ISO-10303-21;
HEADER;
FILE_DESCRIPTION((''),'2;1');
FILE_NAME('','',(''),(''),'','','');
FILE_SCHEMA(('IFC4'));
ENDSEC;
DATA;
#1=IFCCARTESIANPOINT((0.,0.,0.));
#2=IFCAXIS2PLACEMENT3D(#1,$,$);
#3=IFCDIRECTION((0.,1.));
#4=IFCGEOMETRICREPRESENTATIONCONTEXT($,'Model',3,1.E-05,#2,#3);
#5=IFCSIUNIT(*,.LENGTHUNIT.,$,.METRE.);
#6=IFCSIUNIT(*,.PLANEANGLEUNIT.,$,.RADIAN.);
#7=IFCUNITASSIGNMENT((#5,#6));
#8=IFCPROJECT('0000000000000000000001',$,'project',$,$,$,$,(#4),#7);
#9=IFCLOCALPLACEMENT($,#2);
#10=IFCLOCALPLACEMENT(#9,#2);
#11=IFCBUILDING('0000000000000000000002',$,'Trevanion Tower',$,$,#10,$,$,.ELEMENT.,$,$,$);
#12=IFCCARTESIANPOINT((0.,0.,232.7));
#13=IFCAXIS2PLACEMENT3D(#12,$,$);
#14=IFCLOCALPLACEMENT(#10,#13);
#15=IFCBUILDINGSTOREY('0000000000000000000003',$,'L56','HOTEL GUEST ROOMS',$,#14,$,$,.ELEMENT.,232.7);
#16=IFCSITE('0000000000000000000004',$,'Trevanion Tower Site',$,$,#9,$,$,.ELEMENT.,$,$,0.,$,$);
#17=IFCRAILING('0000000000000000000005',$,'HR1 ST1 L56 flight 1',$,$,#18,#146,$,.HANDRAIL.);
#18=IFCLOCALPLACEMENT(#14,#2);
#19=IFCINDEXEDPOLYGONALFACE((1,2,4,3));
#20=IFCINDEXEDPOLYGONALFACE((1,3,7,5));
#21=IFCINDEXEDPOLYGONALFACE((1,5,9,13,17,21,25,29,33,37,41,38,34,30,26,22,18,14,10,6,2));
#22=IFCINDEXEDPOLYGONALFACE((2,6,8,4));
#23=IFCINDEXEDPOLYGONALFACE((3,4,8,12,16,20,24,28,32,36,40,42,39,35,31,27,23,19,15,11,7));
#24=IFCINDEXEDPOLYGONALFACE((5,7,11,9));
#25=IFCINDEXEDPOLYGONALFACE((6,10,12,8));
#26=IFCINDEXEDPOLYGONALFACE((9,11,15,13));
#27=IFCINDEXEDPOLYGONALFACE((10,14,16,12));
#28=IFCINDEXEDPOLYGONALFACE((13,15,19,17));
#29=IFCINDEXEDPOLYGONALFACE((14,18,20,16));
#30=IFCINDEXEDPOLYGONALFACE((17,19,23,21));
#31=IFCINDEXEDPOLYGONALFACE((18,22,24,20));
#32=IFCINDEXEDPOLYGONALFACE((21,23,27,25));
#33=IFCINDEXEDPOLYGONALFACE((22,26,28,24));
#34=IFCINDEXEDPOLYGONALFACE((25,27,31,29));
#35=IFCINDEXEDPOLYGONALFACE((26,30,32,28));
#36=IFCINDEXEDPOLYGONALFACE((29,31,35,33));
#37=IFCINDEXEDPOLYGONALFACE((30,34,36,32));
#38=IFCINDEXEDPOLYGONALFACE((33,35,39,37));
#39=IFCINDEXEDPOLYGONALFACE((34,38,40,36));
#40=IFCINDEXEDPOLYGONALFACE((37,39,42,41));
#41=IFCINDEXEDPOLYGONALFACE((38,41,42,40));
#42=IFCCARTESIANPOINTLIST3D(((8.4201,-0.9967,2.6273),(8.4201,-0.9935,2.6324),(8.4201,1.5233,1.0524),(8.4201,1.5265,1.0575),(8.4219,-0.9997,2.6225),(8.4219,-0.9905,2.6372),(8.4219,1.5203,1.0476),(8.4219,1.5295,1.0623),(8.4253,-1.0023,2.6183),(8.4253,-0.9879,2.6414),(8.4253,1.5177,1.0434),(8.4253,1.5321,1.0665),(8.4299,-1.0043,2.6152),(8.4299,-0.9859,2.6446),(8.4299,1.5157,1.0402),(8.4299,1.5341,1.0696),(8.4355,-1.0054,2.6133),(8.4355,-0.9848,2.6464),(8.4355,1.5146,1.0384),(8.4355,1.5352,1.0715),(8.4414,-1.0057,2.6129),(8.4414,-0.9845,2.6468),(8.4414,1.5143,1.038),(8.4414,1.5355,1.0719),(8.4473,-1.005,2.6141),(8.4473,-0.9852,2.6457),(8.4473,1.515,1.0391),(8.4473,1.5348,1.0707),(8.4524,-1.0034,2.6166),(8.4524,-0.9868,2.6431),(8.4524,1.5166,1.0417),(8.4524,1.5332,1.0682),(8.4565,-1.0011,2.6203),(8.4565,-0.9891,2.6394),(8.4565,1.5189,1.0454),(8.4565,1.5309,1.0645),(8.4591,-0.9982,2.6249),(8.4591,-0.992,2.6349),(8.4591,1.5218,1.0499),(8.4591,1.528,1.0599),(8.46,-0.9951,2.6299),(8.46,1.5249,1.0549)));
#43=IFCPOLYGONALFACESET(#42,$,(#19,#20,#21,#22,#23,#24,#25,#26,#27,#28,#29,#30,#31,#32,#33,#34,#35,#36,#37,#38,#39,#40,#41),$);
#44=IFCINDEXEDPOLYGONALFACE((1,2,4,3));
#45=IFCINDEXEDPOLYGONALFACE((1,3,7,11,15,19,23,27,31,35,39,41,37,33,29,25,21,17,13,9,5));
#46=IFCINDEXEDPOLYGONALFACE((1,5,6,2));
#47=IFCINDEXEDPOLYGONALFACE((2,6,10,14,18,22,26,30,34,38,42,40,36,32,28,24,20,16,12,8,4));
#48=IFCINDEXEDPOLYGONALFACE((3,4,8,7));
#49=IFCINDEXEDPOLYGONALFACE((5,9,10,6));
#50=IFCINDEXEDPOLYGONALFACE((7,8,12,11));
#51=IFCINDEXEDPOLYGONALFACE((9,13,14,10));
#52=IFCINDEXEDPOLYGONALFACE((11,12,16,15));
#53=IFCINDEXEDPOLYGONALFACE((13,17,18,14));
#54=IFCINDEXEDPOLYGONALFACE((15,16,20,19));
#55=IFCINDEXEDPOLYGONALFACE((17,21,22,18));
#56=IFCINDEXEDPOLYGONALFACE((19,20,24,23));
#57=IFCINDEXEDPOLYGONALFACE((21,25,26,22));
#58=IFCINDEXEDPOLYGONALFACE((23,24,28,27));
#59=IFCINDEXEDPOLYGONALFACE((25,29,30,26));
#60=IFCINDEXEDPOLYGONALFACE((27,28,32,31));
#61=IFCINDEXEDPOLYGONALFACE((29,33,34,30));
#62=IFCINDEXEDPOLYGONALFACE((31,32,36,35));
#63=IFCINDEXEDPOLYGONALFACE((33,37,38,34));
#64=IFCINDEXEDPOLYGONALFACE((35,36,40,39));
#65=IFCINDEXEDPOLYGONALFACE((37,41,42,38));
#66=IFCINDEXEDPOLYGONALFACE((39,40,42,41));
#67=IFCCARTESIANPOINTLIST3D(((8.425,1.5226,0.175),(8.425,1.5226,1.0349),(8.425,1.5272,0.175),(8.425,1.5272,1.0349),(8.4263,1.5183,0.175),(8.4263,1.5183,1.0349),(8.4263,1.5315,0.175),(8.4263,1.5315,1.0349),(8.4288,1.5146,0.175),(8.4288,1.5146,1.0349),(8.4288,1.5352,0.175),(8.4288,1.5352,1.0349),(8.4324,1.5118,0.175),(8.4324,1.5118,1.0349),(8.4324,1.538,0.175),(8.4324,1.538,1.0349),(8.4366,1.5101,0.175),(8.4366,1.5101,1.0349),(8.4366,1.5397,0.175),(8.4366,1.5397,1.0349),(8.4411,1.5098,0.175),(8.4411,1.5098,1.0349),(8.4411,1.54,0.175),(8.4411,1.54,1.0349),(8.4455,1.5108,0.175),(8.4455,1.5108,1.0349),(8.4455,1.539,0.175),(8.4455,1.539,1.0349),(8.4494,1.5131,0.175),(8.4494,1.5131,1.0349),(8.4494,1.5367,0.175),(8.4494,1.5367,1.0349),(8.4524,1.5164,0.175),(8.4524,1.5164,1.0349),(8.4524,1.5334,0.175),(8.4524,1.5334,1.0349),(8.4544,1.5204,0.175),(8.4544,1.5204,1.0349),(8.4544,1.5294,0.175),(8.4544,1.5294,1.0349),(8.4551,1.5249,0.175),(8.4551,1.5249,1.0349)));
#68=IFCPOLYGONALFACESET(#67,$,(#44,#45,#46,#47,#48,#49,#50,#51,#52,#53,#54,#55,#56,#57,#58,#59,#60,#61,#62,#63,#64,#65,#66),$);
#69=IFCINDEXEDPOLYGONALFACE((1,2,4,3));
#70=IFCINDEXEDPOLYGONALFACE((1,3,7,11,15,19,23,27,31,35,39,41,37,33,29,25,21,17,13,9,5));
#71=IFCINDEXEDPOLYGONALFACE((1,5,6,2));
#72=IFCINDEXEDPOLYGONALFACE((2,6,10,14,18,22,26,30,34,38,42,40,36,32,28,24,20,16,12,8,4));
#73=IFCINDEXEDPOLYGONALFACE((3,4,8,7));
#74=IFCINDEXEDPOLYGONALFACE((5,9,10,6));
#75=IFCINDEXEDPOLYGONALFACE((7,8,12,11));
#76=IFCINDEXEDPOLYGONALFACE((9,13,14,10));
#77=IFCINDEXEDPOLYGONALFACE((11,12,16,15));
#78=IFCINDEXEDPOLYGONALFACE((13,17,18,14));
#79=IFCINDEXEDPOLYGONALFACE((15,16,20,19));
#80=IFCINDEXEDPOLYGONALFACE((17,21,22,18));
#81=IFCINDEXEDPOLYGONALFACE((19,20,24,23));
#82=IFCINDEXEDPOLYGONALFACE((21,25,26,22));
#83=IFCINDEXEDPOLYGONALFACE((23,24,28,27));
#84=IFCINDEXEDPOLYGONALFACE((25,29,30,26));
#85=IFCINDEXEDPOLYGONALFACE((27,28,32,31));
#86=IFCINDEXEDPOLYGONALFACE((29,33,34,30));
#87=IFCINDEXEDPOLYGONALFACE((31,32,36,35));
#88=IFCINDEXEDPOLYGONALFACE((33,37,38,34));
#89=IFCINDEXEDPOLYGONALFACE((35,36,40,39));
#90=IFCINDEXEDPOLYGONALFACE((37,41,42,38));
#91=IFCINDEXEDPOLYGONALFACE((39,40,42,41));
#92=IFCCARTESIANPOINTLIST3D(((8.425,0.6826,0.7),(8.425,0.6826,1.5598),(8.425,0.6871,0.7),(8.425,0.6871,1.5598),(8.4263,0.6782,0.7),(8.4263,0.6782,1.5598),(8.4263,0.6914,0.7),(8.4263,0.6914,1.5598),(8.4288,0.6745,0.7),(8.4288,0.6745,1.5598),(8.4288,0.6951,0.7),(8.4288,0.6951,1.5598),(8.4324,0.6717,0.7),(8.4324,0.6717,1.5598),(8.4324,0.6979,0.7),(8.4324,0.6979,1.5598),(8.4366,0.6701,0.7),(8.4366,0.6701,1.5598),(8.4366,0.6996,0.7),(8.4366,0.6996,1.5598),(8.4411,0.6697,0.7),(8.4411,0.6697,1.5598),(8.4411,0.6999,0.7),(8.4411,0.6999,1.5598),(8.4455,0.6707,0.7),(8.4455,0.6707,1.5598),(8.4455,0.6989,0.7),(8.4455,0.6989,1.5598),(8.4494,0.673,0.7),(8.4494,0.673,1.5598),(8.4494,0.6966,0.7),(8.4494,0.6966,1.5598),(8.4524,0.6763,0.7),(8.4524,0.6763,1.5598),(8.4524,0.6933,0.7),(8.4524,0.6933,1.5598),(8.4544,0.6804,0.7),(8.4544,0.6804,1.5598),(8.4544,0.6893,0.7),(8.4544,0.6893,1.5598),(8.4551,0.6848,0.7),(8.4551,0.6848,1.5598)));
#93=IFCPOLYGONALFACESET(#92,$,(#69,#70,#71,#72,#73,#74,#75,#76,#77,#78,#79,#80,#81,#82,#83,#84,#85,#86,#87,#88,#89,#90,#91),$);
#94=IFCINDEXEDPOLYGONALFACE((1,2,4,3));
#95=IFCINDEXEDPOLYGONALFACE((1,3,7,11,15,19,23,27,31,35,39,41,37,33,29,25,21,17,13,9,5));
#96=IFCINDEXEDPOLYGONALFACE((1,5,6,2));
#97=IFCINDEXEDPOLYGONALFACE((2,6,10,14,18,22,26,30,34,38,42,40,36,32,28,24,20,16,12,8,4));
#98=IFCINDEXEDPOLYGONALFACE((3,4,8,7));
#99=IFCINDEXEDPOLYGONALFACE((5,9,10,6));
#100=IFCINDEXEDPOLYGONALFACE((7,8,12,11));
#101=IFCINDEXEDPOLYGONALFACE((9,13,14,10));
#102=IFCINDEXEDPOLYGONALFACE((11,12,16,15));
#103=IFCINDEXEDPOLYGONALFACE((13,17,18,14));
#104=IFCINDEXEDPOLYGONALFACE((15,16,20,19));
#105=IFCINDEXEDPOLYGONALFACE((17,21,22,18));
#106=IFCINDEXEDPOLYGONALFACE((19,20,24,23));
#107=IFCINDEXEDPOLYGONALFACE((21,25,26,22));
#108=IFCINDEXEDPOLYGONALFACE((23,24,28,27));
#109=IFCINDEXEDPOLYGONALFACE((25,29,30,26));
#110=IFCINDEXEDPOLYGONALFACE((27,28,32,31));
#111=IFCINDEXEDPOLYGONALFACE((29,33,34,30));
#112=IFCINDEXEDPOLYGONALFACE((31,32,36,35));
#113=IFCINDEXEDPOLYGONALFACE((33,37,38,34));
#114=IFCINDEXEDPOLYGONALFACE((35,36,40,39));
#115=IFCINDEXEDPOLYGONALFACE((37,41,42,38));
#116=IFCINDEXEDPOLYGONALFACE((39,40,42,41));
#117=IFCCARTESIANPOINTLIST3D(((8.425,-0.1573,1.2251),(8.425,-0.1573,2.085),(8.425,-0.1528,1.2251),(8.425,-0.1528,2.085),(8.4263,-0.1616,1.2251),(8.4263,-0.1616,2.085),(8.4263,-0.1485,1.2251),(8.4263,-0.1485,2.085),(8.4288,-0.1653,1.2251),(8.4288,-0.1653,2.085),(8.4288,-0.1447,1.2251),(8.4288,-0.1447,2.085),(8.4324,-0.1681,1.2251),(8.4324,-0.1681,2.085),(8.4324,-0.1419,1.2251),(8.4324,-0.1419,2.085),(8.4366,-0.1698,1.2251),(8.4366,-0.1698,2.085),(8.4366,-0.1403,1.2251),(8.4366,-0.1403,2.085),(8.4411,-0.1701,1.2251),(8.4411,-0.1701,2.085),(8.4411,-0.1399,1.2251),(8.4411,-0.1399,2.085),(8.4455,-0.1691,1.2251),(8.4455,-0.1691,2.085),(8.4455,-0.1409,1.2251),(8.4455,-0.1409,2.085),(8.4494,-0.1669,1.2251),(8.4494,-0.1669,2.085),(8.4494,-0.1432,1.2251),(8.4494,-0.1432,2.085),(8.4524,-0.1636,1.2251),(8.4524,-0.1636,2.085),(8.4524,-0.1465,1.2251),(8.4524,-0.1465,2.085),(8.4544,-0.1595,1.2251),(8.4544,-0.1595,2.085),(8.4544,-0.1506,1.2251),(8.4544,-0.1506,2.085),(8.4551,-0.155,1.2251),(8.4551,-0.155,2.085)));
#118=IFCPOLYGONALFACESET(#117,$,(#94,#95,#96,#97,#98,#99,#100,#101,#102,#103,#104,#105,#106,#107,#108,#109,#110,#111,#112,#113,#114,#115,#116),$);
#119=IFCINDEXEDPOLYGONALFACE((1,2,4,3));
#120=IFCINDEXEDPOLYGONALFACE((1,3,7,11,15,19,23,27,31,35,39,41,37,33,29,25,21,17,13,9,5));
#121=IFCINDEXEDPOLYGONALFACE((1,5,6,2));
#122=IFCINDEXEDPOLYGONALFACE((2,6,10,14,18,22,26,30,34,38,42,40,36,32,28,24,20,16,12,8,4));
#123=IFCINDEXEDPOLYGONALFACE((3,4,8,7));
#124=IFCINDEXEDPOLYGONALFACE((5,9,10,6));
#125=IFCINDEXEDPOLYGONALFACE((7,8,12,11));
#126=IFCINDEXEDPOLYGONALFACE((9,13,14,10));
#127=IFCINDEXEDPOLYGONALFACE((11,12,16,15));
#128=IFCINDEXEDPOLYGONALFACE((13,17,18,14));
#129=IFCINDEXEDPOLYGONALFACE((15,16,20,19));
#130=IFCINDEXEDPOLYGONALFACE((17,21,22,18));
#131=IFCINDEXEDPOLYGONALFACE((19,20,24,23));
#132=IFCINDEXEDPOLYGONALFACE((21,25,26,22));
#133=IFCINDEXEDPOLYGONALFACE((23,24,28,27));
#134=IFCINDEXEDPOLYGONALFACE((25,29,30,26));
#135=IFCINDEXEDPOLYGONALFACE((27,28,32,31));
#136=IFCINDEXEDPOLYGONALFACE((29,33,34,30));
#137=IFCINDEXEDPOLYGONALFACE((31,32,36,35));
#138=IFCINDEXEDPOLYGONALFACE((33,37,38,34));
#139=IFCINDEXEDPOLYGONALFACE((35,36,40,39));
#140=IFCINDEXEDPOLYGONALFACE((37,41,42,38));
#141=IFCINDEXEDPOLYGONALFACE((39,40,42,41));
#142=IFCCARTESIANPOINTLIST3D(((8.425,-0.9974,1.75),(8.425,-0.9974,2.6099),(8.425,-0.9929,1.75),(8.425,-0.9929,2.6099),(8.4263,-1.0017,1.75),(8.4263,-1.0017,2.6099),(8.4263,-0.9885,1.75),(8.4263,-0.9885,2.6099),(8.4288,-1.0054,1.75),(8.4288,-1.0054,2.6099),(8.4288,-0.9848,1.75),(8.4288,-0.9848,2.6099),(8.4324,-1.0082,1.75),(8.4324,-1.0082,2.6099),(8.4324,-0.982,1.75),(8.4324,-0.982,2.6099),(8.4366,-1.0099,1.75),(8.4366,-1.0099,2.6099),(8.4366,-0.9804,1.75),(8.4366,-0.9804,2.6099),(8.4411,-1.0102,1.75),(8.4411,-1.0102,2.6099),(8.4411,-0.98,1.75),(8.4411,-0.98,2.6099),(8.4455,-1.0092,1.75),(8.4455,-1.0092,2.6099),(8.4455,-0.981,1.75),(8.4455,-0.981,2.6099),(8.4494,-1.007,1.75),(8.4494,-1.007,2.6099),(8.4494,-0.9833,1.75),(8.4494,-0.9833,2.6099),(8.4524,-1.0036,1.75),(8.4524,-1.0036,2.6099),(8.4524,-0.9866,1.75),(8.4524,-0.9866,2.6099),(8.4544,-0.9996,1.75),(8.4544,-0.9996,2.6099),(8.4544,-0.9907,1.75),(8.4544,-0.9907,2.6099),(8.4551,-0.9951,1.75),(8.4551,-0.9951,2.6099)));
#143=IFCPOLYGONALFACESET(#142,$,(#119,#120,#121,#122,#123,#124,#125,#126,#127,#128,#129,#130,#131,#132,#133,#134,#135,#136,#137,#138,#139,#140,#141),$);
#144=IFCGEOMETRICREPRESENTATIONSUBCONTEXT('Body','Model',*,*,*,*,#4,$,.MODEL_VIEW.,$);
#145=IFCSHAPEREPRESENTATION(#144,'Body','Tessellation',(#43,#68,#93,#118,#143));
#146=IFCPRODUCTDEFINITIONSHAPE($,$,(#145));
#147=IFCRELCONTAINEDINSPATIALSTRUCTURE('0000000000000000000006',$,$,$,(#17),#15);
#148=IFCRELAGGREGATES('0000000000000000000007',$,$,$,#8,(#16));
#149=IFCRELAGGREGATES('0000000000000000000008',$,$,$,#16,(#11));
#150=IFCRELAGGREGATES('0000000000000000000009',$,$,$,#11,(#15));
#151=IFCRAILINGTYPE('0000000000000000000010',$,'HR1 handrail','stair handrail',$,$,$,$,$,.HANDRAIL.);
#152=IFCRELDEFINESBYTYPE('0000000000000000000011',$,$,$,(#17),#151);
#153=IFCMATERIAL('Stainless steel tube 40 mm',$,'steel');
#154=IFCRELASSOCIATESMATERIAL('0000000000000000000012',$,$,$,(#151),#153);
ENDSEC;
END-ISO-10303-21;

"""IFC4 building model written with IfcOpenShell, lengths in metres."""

from ifc_helpers import new_model, si_unit, direction, frame, origin, origin_2d, place, context, subcontext, project, spatial, circle, extrude, material, type_object, element, save


model = new_model("IFC4")

# Units and contexts
model_context = context("Model", 3, precision=1e-05, world=origin(), true_north=direction((0.0, 1.0)))
body_context = subcontext(model_context, "Body", "Model", "MODEL_VIEW")
ifc_project = project(units=[si_unit("LENGTHUNIT", "METRE"), si_unit("PLANEANGLEUNIT", "RADIAN")], contexts=[model_context])

# Site, building, storey
site_placement = place(None, origin())
site = spatial("IfcSite", under=ifc_project, at=site_placement, Name="Trevanion Tower Site", CompositionType="ELEMENT", RefElevation=0.0)
building_placement = place(site_placement, origin())
building = spatial("IfcBuilding", under=site, at=building_placement, Name="Trevanion Tower", CompositionType="ELEMENT")
storey_placement = place(building_placement, frame((0.0, 0.0, 232.7)))
storey = spatial("IfcBuildingStorey", under=building, at=storey_placement, Name="L56", Description="HOTEL GUEST ROOMS", CompositionType="ELEMENT", Elevation=232.7)

# Railing
ifc_material_1 = material(Name="Stainless steel tube 40 mm", Category="steel")
railing_type = type_object("IfcRailingType", Name="HR1 handrail", Description="stair handrail", PredefinedType="HANDRAIL", material=ifc_material_1)
for number, where, name in (
    (1, (8.4399, 1.5249, 0.175), "HR1 ST1 L56 flight 1"),
):
    element("IfcRailing", number, at=place(storey_placement, frame(where)), inside=storey, type_object=railing_type, Name=name, PredefinedType="HANDRAIL", context=body_context, shape_type="SweptSolid", body=[
        extrude(circle(Radius=0.02, at=origin_2d()), frame((0.0, 0.0, 0.8799), z_axis=(0.0, -0.848008, 0.529984), x_axis=(1.0, 0.0, 0.0)), (0.0, 0.0, 1.0), 2.9717),
        extrude(circle(Radius=0.0151, at=origin_2d()), origin(), (0.0, 0.0, 1.0), 0.8599),
        extrude(circle(Radius=0.0151, at=origin_2d()), frame((0.0, -0.8401, 0.5249)), (0.0, 0.0, 1.0), 0.8599),
        extrude(circle(Radius=0.0151, at=origin_2d()), frame((0.0, -1.6799, 1.05)), (0.0, 0.0, 1.0), 0.8599),
        extrude(circle(Radius=0.0151, at=origin_2d()), frame((0.0, -2.52, 1.575)), (0.0, 0.0, 1.0), 0.8599),
    ])

save(model, "model.ifc")
